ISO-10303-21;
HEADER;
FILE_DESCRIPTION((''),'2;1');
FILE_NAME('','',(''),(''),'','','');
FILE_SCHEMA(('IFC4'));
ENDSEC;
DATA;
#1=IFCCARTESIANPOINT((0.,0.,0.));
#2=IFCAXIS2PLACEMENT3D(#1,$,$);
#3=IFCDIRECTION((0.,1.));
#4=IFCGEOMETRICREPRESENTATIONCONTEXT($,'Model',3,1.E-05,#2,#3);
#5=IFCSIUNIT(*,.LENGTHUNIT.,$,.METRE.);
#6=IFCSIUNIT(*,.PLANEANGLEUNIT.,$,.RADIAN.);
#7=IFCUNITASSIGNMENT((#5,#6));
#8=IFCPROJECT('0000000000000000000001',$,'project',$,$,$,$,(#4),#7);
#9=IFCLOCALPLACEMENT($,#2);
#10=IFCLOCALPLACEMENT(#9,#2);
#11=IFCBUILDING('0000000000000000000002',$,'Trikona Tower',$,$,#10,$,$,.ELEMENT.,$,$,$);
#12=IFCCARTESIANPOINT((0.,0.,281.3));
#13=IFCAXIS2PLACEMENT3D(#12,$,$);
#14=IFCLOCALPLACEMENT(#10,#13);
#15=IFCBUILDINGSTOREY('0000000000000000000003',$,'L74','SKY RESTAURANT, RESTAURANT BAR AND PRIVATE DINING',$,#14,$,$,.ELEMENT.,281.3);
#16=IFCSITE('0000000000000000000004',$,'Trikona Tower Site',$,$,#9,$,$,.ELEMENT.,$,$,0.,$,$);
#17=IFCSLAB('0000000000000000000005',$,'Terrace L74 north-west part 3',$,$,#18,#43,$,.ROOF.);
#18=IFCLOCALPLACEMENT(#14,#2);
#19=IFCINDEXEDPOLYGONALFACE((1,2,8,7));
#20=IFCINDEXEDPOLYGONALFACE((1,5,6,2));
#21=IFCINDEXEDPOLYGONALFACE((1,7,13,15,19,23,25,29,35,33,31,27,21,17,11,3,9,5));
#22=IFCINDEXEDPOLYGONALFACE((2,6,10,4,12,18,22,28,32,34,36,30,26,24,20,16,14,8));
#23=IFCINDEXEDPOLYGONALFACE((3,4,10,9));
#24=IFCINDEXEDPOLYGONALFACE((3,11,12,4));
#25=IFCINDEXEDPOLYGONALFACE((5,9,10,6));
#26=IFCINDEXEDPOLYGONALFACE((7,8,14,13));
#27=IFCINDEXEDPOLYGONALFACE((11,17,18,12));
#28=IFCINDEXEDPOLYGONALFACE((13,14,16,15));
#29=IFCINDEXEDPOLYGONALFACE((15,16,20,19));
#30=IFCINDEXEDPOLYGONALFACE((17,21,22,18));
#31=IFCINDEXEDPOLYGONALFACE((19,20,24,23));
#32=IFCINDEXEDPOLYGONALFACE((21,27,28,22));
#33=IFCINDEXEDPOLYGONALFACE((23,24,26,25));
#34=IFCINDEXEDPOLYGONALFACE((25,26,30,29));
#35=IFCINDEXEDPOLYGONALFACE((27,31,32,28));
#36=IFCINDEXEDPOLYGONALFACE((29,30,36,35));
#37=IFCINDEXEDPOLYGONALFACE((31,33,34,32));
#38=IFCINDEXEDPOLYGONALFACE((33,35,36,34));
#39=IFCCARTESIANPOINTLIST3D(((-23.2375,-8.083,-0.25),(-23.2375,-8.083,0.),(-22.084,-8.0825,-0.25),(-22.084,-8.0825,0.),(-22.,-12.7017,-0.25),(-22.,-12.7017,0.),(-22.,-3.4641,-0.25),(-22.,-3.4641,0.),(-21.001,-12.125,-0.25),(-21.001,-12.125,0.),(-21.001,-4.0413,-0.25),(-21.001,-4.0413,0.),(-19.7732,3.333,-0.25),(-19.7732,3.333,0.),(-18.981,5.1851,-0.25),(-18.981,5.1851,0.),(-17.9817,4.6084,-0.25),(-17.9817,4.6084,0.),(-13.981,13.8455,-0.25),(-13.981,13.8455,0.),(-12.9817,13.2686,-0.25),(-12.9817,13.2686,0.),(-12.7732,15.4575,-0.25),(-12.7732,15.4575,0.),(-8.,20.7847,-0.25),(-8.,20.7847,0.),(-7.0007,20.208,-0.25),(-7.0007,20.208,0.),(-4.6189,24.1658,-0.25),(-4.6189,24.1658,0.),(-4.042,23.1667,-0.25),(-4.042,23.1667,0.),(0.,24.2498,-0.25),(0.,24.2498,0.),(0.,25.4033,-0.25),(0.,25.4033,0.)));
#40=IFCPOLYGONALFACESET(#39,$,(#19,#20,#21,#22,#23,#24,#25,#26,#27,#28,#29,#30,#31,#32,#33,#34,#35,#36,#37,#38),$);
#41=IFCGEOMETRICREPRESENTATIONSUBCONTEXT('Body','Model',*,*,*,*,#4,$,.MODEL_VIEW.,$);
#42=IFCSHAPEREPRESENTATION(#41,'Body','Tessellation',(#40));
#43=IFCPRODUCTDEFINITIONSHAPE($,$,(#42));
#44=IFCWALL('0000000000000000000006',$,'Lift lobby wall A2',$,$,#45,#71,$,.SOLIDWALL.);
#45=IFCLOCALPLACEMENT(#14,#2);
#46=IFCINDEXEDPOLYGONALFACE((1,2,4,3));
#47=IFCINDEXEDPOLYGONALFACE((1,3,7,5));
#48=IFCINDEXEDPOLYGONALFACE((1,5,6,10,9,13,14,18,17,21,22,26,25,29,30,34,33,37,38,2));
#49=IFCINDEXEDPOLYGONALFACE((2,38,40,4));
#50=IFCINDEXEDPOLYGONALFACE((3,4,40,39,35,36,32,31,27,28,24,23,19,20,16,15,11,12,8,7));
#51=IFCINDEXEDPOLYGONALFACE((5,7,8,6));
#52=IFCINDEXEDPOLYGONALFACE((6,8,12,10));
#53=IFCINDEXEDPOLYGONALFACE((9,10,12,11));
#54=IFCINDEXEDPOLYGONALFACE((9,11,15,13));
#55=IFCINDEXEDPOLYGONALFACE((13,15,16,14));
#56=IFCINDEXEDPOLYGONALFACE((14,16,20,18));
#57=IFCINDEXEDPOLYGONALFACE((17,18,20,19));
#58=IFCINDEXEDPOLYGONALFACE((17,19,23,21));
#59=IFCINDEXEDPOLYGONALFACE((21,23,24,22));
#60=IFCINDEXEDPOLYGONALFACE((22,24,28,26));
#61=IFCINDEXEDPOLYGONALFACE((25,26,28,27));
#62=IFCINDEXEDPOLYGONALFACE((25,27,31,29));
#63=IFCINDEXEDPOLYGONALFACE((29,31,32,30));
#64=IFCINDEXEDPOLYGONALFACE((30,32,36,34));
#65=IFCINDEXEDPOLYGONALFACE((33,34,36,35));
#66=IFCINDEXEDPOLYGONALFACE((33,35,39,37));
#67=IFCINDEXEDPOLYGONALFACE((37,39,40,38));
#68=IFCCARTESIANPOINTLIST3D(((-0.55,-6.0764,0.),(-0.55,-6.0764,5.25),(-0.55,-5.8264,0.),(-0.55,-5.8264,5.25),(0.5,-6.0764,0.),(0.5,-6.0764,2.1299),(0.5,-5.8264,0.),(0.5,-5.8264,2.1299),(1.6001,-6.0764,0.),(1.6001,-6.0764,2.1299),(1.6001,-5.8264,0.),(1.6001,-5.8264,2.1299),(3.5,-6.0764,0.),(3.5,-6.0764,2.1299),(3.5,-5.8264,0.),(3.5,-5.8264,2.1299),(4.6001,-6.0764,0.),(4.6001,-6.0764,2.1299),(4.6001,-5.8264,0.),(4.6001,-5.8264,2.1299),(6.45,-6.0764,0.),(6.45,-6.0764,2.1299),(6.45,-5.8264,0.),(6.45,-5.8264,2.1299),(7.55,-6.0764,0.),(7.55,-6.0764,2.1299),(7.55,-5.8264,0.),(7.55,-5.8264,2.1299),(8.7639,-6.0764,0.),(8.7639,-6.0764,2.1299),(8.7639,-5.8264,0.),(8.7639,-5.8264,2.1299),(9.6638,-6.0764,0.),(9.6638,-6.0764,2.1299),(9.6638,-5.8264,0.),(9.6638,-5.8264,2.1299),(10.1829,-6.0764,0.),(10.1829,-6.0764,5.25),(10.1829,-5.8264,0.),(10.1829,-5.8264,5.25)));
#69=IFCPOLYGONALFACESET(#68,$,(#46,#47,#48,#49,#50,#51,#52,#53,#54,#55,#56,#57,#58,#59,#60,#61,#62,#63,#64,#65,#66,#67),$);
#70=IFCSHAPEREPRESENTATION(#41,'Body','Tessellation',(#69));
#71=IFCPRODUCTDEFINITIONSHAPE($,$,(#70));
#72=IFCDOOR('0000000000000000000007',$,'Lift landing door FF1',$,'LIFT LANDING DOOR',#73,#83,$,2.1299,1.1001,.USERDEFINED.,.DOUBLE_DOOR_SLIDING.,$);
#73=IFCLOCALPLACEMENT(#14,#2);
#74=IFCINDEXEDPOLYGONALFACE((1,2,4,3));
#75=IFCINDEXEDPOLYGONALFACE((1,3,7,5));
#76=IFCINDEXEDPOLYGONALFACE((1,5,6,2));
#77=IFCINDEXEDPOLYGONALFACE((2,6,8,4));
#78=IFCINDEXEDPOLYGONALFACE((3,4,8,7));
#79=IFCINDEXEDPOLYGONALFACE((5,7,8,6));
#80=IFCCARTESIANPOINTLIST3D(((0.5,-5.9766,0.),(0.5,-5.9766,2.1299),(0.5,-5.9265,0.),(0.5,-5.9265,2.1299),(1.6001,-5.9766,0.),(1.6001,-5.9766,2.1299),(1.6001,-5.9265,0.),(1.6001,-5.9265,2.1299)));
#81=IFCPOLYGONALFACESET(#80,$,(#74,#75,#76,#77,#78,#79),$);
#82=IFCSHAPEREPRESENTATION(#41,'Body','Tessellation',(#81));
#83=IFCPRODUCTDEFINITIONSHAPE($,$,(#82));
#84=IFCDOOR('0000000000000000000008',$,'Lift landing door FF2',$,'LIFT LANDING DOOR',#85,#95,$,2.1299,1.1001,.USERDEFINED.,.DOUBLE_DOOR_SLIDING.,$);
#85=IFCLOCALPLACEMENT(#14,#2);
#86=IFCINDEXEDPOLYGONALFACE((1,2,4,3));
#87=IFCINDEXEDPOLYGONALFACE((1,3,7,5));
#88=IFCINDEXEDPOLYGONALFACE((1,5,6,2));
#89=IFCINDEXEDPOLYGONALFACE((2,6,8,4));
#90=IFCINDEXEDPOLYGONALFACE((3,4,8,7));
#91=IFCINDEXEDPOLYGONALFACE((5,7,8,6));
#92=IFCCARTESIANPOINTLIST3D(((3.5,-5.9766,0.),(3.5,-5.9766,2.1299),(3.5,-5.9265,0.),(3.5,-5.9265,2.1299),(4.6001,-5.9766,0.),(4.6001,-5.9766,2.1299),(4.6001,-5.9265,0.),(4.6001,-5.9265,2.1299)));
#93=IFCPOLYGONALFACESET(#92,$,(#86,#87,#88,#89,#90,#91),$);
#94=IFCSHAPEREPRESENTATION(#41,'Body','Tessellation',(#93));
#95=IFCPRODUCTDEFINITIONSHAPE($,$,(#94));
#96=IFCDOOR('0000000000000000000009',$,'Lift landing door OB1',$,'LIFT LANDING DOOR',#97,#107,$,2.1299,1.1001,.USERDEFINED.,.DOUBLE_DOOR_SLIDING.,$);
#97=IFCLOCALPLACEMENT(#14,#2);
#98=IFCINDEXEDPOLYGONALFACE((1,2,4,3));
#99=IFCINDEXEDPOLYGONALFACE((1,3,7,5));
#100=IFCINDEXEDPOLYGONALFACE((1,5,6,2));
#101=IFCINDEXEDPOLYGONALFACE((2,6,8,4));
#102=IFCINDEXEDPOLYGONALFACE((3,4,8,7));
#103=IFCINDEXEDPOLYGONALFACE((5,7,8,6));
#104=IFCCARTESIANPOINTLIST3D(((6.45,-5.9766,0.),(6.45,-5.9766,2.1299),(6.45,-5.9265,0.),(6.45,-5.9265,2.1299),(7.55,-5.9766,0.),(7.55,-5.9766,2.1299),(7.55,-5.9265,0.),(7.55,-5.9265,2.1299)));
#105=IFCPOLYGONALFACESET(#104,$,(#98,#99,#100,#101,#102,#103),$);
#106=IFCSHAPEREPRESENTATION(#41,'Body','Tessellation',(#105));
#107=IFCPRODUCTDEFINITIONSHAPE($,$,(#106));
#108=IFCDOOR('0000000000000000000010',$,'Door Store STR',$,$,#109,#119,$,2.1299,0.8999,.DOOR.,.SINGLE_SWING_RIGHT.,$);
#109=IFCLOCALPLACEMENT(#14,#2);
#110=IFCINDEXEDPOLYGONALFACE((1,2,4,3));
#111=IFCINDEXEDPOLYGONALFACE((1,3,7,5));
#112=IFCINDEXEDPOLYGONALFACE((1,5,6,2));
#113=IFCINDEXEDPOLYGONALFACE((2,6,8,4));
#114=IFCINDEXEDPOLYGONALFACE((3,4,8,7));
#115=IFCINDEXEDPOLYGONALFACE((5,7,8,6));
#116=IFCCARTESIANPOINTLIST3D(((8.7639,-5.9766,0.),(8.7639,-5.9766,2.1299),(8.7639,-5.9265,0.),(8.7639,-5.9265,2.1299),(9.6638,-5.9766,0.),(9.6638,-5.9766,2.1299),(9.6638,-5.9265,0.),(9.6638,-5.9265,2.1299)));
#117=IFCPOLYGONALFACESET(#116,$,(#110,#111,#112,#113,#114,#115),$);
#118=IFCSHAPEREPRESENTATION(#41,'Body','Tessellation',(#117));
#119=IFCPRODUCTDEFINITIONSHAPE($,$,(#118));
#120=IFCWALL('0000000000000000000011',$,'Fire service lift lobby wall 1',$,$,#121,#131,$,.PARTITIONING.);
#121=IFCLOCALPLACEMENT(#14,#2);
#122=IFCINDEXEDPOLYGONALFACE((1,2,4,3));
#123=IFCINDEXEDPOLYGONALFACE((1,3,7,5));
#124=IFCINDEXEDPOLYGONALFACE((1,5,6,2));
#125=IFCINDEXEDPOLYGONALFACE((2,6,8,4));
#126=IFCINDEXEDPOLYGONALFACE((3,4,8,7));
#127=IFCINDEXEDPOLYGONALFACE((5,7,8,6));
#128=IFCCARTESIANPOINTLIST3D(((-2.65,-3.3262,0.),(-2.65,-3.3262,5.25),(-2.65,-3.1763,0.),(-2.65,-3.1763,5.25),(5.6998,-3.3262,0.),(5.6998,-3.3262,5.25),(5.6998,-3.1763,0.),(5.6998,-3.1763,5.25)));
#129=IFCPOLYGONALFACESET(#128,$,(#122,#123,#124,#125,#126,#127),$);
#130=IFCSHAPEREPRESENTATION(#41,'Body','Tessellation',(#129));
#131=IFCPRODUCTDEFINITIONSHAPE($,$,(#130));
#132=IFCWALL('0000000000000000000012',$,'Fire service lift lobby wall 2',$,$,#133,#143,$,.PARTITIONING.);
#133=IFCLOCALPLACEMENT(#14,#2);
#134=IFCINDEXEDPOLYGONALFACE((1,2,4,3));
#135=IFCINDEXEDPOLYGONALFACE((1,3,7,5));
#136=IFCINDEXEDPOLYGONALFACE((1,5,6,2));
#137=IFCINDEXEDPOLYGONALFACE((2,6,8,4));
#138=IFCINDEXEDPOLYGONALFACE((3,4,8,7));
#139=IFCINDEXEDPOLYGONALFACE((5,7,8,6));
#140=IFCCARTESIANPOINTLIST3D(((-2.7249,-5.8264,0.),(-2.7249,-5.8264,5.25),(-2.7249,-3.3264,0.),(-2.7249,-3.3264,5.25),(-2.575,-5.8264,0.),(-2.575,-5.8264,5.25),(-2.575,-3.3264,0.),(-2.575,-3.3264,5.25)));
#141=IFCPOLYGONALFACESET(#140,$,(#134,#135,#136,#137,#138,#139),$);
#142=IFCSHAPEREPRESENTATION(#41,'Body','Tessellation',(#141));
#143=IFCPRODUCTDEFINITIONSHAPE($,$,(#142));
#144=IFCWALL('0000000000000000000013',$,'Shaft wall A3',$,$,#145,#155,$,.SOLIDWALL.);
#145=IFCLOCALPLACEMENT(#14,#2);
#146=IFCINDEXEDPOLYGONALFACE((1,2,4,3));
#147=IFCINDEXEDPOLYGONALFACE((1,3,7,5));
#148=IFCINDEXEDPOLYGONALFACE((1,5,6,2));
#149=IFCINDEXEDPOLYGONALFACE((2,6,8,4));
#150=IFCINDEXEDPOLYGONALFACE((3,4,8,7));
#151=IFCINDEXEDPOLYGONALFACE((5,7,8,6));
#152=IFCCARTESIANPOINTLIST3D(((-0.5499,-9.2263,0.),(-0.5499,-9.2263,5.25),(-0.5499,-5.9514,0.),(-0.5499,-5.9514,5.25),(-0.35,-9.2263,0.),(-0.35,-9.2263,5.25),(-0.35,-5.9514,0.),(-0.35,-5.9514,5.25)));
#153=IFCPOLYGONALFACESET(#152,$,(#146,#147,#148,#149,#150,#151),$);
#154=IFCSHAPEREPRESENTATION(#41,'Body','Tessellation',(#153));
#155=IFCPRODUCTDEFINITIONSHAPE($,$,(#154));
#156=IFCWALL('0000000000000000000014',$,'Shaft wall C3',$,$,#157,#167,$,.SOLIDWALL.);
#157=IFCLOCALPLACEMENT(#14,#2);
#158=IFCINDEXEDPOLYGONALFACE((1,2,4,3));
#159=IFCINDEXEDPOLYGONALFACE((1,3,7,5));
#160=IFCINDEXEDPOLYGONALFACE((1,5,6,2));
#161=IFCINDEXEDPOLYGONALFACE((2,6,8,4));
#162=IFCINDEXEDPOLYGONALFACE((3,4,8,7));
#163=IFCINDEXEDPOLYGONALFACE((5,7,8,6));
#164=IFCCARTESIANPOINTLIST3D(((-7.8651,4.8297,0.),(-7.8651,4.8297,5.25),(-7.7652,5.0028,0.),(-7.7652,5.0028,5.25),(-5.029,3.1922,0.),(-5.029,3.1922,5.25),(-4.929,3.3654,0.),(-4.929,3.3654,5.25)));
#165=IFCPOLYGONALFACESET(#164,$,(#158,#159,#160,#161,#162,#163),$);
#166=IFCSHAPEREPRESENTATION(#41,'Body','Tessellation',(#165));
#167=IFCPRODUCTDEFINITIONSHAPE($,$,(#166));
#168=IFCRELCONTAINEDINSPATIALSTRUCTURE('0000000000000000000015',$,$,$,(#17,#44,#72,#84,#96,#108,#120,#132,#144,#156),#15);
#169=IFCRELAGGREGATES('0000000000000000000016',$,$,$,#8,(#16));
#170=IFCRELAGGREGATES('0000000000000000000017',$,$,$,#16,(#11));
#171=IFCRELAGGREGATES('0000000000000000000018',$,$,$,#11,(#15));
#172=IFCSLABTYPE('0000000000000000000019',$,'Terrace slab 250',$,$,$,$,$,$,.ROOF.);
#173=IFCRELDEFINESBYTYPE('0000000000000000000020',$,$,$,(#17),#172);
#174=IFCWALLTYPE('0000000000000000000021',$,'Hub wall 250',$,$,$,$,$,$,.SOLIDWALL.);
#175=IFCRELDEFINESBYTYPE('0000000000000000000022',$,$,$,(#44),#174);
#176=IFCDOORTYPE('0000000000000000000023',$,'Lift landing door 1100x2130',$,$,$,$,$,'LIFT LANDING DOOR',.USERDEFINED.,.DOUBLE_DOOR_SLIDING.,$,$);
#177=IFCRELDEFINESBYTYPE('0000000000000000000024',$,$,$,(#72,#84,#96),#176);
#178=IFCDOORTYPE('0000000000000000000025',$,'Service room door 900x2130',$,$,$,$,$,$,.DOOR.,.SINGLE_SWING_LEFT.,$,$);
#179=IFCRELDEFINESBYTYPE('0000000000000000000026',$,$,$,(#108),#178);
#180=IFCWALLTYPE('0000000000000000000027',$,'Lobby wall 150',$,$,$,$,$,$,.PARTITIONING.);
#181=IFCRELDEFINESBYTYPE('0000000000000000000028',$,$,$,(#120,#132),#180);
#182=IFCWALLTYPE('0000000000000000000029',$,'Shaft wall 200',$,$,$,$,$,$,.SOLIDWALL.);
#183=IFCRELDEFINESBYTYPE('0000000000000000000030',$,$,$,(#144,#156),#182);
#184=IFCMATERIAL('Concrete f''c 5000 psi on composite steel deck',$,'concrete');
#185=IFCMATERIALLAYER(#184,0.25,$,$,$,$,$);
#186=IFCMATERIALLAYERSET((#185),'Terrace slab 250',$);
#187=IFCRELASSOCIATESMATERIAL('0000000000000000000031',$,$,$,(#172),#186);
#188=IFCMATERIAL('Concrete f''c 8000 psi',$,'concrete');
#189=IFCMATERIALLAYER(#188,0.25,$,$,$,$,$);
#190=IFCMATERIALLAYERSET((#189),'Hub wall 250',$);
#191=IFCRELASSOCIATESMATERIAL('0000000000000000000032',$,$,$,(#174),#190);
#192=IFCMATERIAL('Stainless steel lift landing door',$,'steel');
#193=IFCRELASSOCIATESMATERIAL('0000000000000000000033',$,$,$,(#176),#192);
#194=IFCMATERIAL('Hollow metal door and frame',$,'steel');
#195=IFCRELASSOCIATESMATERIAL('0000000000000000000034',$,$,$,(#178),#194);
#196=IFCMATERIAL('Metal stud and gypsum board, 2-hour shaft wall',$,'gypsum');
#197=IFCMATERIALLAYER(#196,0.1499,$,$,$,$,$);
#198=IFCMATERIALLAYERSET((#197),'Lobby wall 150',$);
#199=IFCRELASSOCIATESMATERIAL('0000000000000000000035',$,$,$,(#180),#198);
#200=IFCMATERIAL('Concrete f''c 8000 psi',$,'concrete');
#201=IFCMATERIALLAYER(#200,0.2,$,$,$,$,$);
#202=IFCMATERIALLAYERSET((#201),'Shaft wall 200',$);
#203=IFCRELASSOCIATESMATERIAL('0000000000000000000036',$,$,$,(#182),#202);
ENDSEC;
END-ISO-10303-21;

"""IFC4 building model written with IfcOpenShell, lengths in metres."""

from ifc_helpers import new_model, si_unit, direction, frame, frame_2d, origin, place, context, subcontext, project, spatial, polyline, rectangle, outline, extrude, material, layer, layer_set, type_object, element, fill, save


model = new_model("IFC4")

# Units and contexts
model_context = context("Model", 3, precision=1e-05, world=origin(), true_north=direction((0.0, 1.0)))
body_context = subcontext(model_context, "Body", "Model", "MODEL_VIEW")
ifc_project = project(units=[si_unit("LENGTHUNIT", "METRE"), si_unit("PLANEANGLEUNIT", "RADIAN")], contexts=[model_context])

# Site, building, storey
site_placement = place(None, origin())
site = spatial("IfcSite", under=ifc_project, at=site_placement, Name="Trikona Tower Site", CompositionType="ELEMENT", RefElevation=0.0)
building_placement = place(site_placement, origin())
building = spatial("IfcBuilding", under=site, at=building_placement, Name="Trikona Tower", CompositionType="ELEMENT")
storey_placement = place(building_placement, frame((0.0, 0.0, 281.3)))
storey = spatial("IfcBuildingStorey", under=building, at=storey_placement, Name="L74", Description="SKY RESTAURANT, RESTAURANT BAR AND PRIVATE DINING", CompositionType="ELEMENT", Elevation=281.3)

# Slab
ifc_material_1 = material(Name="Concrete f'c 5000 psi on composite steel deck", Category="concrete")
ifc_layer_1 = layer(ifc_material_1, 0.25)
ifc_layer_set_1 = layer_set([ifc_layer_1], Name="Terrace slab 250")
slab_type_1 = type_object("IfcSlabType", Name="Terrace slab 250", PredefinedType="ROOF", material=ifc_layer_set_1)
slab_1_placement = place(storey_placement, frame((0.0, 0.0, -0.25)))
element("IfcSlab", 1, at=slab_1_placement, inside=storey, type_object=slab_type_1, Name="Terrace L74 north-west part 3", PredefinedType="ROOF", context=body_context, shape_type="SweptSolid", body=[
    extrude(outline(polyline([(-22.0, -12.7017), (-21.001, -12.125), (-22.084, -8.0825), (-21.001, -4.0413), (-17.9817, 4.6084), (-12.9817, 13.2686), (-7.0007, 20.208), (-4.042, 23.1667), (0.0, 24.2498), (0.0, 25.4033), (-4.6189, 24.1658), (-8.0, 20.7847), (-12.7732, 15.4575), (-13.981, 13.8455), (-18.981, 5.1851), (-19.7732, 3.333), (-22.0, -3.4641), (-23.2375, -8.083), (-22.0, -12.7017)])), origin(), (0.0, 0.0, 1.0), 0.25),
])

# Wall, openings, doors
ifc_material_2 = material(Name="Concrete f'c 8000 psi", Category="concrete")
ifc_layer_2 = layer(ifc_material_2, 0.25)
ifc_layer_set_2 = layer_set([ifc_layer_2], Name="Hub wall 250")
wall_type_1 = type_object("IfcWallType", Name="Hub wall 250", PredefinedType="SOLIDWALL", material=ifc_layer_set_2)
wall_1_placement = place(storey_placement, frame((-0.55, -5.9514, 0.0), z_axis=(0.0, 0.0, 1.0), x_axis=(1.0, 0.0, 0.0)))
wall_1 = element("IfcWall", 2, at=wall_1_placement, inside=storey, type_object=wall_type_1, Name="Lift lobby wall A2", PredefinedType="SOLIDWALL", context=body_context, shape_type="SweptSolid", body=[
    extrude(rectangle(XDim=10.7329, YDim=0.25, at=frame_2d((5.3665, 0.0))), origin(), (0.0, 0.0, 1.0), 5.25),
])
opening_1_placement = place(wall_1_placement, frame((9.314, 0.0, 0.0)))
opening_1 = element("IfcOpeningElement", 3, at=opening_1_placement, cuts=wall_1, PredefinedType="OPENING", context=body_context, shape_type="SweptSolid", body=[
    extrude(rectangle(XDim=0.8999, YDim=2.1299, at=frame_2d((0.45, 1.0649))), frame((0.0, 0.135, 0.0), z_axis=(0.0, -1.0, 0.0), x_axis=(1.0, 0.0, 0.0)), (0.0, 0.0, 1.0), 0.27),
])
opening_2_placement = place(wall_1_placement, frame((1.05, 0.0, 0.0)))
opening_2 = element("IfcOpeningElement", 4, at=opening_2_placement, cuts=wall_1, PredefinedType="OPENING", context=body_context, shape_type="SweptSolid", body=[
    extrude(rectangle(XDim=1.1001, YDim=2.1299, at=frame_2d((0.55, 1.0649))), frame((0.0, 0.135, 0.0), z_axis=(0.0, -1.0, 0.0), x_axis=(1.0, 0.0, 0.0)), (0.0, 0.0, 1.0), 0.27),
])
opening_3_placement = place(wall_1_placement, frame((4.05, 0.0, 0.0)))
opening_3 = element("IfcOpeningElement", 5, at=opening_3_placement, cuts=wall_1, PredefinedType="OPENING", context=body_context, shape_type="SweptSolid", body=[
    extrude(rectangle(XDim=1.1001, YDim=2.1299, at=frame_2d((0.55, 1.0649))), frame((0.0, 0.135, 0.0), z_axis=(0.0, -1.0, 0.0), x_axis=(1.0, 0.0, 0.0)), (0.0, 0.0, 1.0), 0.27),
])
opening_4_placement = place(wall_1_placement, frame((7.0, 0.0, 0.0)))
opening_4 = element("IfcOpeningElement", 6, at=opening_4_placement, cuts=wall_1, PredefinedType="OPENING", context=body_context, shape_type="SweptSolid", body=[
    extrude(rectangle(XDim=1.1001, YDim=2.1299, at=frame_2d((0.55, 1.0649))), frame((0.0, 0.135, 0.0), z_axis=(0.0, -1.0, 0.0), x_axis=(1.0, 0.0, 0.0)), (0.0, 0.0, 1.0), 0.27),
])
ifc_material_3 = material(Name="Stainless steel lift landing door", Category="steel")
door_type_1 = type_object("IfcDoorType", Name="Lift landing door 1100x2130", ElementType="LIFT LANDING DOOR", OperationType="DOUBLE_DOOR_SLIDING", PredefinedType="USERDEFINED", material=ifc_material_3)
door_1_placement = place(opening_2_placement, origin())
door_1 = element("IfcDoor", 7, at=door_1_placement, inside=storey, type_object=door_type_1, Name="Lift landing door FF1", ObjectType="LIFT LANDING DOOR", OperationType="DOUBLE_DOOR_SLIDING", OverallHeight=2.1299, OverallWidth=1.1001, PredefinedType="USERDEFINED", context=body_context, shape_type="SweptSolid", body=[
    extrude(rectangle(XDim=1.1001, YDim=2.1299, at=frame_2d((0.55, 1.0649))), frame((0.0, 0.0249, 0.0), z_axis=(0.0, -1.0, 0.0), x_axis=(1.0, 0.0, 0.0)), (0.0, 0.0, 1.0), 0.05),
])
fill(opening_2, door_1)
door_2_placement = place(opening_3_placement, origin())
door_2 = element("IfcDoor", 8, at=door_2_placement, inside=storey, type_object=door_type_1, Name="Lift landing door FF2", ObjectType="LIFT LANDING DOOR", OperationType="DOUBLE_DOOR_SLIDING", OverallHeight=2.1299, OverallWidth=1.1001, PredefinedType="USERDEFINED", context=body_context, shape_type="SweptSolid", body=[
    extrude(rectangle(XDim=1.1001, YDim=2.1299, at=frame_2d((0.55, 1.0649))), frame((0.0, 0.0249, 0.0), z_axis=(0.0, -1.0, 0.0), x_axis=(1.0, 0.0, 0.0)), (0.0, 0.0, 1.0), 0.05),
])
fill(opening_3, door_2)
door_3_placement = place(opening_4_placement, origin())
door_3 = element("IfcDoor", 9, at=door_3_placement, inside=storey, type_object=door_type_1, Name="Lift landing door OB1", ObjectType="LIFT LANDING DOOR", OperationType="DOUBLE_DOOR_SLIDING", OverallHeight=2.1299, OverallWidth=1.1001, PredefinedType="USERDEFINED", context=body_context, shape_type="SweptSolid", body=[
    extrude(rectangle(XDim=1.1001, YDim=2.1299, at=frame_2d((0.55, 1.0649))), frame((0.0, 0.0249, 0.0), z_axis=(0.0, -1.0, 0.0), x_axis=(1.0, 0.0, 0.0)), (0.0, 0.0, 1.0), 0.05),
])
fill(opening_4, door_3)
ifc_material_4 = material(Name="Hollow metal door and frame", Category="steel")
door_type_2 = type_object("IfcDoorType", Name="Service room door 900x2130", OperationType="SINGLE_SWING_LEFT", PredefinedType="DOOR", material=ifc_material_4)
door_4_placement = place(opening_1_placement, origin())
door_4 = element("IfcDoor", 10, at=door_4_placement, inside=storey, type_object=door_type_2, Name="Door Store STR", OperationType="SINGLE_SWING_RIGHT", OverallHeight=2.1299, OverallWidth=0.8999, PredefinedType="DOOR", context=body_context, shape_type="SweptSolid", body=[
    extrude(rectangle(XDim=0.8999, YDim=2.1299, at=frame_2d((0.45, 1.0649))), frame((0.0, 0.0249, 0.0), z_axis=(0.0, -1.0, 0.0), x_axis=(1.0, 0.0, 0.0)), (0.0, 0.0, 1.0), 0.05),
])
fill(opening_1, door_4)

# Walls
ifc_material_5 = material(Name="Metal stud and gypsum board, 2-hour shaft wall", Category="gypsum")
ifc_layer_3 = layer(ifc_material_5, 0.1499)
ifc_layer_set_3 = layer_set([ifc_layer_3], Name="Lobby wall 150")
wall_type_2 = type_object("IfcWallType", Name="Lobby wall 150", PredefinedType="PARTITIONING", material=ifc_layer_set_3)
wall_2_placement = place(storey_placement, frame((-2.6499, -3.2512, 0.0), z_axis=(0.0, 0.0, 1.0), x_axis=(1.0, 0.0, 0.0)))
element("IfcWall", 11, at=wall_2_placement, inside=storey, type_object=wall_type_2, Name="Fire service lift lobby wall 1", PredefinedType="PARTITIONING", context=body_context, shape_type="SweptSolid", body=[
    extrude(rectangle(XDim=8.3499, YDim=0.1499, at=frame_2d((4.1748, 0.0))), origin(), (0.0, 0.0, 1.0), 5.25),
])
wall_3_placement = place(storey_placement, frame((-2.6499, -5.8264, 0.0), z_axis=(0.0, 0.0, 1.0), x_axis=(0.0, 1.0, 0.0)))
element("IfcWall", 12, at=wall_3_placement, inside=storey, type_object=wall_type_2, Name="Fire service lift lobby wall 2", PredefinedType="PARTITIONING", context=body_context, shape_type="SweptSolid", body=[
    extrude(rectangle(XDim=2.5, YDim=0.1499, at=frame_2d((1.25, 0.0))), origin(), (0.0, 0.0, 1.0), 5.25),
])
ifc_material_6 = material(Name="Concrete f'c 8000 psi", Category="concrete")
ifc_layer_4 = layer(ifc_material_6, 0.2)
ifc_layer_set_4 = layer_set([ifc_layer_4], Name="Shaft wall 200")
wall_type_3 = type_object("IfcWallType", Name="Shaft wall 200", PredefinedType="SOLIDWALL", material=ifc_layer_set_4)
for number, where, z_axis, x_axis, name in (
    (13, (-0.45, -5.9514, 0.0), (0.0, 0.0, 1.0), (0.0, -1.0, 0.0), "Shaft wall A3"),
    (14, (-4.979, 3.2788, 0.0), (0.0, 0.0, 1.0), (-0.866028, 0.499996, 0.0), "Shaft wall C3"),
):
    element("IfcWall", number, at=place(storey_placement, frame(where, z_axis=z_axis, x_axis=x_axis)), inside=storey, type_object=wall_type_3, Name=name, PredefinedType="SOLIDWALL", context=body_context, shape_type="SweptSolid", body=[
        extrude(rectangle(XDim=3.2749, YDim=0.2, at=frame_2d((1.6375, 0.0))), origin(), (0.0, 0.0, 1.0), 5.25),
    ])

save(model, "model.ifc")
